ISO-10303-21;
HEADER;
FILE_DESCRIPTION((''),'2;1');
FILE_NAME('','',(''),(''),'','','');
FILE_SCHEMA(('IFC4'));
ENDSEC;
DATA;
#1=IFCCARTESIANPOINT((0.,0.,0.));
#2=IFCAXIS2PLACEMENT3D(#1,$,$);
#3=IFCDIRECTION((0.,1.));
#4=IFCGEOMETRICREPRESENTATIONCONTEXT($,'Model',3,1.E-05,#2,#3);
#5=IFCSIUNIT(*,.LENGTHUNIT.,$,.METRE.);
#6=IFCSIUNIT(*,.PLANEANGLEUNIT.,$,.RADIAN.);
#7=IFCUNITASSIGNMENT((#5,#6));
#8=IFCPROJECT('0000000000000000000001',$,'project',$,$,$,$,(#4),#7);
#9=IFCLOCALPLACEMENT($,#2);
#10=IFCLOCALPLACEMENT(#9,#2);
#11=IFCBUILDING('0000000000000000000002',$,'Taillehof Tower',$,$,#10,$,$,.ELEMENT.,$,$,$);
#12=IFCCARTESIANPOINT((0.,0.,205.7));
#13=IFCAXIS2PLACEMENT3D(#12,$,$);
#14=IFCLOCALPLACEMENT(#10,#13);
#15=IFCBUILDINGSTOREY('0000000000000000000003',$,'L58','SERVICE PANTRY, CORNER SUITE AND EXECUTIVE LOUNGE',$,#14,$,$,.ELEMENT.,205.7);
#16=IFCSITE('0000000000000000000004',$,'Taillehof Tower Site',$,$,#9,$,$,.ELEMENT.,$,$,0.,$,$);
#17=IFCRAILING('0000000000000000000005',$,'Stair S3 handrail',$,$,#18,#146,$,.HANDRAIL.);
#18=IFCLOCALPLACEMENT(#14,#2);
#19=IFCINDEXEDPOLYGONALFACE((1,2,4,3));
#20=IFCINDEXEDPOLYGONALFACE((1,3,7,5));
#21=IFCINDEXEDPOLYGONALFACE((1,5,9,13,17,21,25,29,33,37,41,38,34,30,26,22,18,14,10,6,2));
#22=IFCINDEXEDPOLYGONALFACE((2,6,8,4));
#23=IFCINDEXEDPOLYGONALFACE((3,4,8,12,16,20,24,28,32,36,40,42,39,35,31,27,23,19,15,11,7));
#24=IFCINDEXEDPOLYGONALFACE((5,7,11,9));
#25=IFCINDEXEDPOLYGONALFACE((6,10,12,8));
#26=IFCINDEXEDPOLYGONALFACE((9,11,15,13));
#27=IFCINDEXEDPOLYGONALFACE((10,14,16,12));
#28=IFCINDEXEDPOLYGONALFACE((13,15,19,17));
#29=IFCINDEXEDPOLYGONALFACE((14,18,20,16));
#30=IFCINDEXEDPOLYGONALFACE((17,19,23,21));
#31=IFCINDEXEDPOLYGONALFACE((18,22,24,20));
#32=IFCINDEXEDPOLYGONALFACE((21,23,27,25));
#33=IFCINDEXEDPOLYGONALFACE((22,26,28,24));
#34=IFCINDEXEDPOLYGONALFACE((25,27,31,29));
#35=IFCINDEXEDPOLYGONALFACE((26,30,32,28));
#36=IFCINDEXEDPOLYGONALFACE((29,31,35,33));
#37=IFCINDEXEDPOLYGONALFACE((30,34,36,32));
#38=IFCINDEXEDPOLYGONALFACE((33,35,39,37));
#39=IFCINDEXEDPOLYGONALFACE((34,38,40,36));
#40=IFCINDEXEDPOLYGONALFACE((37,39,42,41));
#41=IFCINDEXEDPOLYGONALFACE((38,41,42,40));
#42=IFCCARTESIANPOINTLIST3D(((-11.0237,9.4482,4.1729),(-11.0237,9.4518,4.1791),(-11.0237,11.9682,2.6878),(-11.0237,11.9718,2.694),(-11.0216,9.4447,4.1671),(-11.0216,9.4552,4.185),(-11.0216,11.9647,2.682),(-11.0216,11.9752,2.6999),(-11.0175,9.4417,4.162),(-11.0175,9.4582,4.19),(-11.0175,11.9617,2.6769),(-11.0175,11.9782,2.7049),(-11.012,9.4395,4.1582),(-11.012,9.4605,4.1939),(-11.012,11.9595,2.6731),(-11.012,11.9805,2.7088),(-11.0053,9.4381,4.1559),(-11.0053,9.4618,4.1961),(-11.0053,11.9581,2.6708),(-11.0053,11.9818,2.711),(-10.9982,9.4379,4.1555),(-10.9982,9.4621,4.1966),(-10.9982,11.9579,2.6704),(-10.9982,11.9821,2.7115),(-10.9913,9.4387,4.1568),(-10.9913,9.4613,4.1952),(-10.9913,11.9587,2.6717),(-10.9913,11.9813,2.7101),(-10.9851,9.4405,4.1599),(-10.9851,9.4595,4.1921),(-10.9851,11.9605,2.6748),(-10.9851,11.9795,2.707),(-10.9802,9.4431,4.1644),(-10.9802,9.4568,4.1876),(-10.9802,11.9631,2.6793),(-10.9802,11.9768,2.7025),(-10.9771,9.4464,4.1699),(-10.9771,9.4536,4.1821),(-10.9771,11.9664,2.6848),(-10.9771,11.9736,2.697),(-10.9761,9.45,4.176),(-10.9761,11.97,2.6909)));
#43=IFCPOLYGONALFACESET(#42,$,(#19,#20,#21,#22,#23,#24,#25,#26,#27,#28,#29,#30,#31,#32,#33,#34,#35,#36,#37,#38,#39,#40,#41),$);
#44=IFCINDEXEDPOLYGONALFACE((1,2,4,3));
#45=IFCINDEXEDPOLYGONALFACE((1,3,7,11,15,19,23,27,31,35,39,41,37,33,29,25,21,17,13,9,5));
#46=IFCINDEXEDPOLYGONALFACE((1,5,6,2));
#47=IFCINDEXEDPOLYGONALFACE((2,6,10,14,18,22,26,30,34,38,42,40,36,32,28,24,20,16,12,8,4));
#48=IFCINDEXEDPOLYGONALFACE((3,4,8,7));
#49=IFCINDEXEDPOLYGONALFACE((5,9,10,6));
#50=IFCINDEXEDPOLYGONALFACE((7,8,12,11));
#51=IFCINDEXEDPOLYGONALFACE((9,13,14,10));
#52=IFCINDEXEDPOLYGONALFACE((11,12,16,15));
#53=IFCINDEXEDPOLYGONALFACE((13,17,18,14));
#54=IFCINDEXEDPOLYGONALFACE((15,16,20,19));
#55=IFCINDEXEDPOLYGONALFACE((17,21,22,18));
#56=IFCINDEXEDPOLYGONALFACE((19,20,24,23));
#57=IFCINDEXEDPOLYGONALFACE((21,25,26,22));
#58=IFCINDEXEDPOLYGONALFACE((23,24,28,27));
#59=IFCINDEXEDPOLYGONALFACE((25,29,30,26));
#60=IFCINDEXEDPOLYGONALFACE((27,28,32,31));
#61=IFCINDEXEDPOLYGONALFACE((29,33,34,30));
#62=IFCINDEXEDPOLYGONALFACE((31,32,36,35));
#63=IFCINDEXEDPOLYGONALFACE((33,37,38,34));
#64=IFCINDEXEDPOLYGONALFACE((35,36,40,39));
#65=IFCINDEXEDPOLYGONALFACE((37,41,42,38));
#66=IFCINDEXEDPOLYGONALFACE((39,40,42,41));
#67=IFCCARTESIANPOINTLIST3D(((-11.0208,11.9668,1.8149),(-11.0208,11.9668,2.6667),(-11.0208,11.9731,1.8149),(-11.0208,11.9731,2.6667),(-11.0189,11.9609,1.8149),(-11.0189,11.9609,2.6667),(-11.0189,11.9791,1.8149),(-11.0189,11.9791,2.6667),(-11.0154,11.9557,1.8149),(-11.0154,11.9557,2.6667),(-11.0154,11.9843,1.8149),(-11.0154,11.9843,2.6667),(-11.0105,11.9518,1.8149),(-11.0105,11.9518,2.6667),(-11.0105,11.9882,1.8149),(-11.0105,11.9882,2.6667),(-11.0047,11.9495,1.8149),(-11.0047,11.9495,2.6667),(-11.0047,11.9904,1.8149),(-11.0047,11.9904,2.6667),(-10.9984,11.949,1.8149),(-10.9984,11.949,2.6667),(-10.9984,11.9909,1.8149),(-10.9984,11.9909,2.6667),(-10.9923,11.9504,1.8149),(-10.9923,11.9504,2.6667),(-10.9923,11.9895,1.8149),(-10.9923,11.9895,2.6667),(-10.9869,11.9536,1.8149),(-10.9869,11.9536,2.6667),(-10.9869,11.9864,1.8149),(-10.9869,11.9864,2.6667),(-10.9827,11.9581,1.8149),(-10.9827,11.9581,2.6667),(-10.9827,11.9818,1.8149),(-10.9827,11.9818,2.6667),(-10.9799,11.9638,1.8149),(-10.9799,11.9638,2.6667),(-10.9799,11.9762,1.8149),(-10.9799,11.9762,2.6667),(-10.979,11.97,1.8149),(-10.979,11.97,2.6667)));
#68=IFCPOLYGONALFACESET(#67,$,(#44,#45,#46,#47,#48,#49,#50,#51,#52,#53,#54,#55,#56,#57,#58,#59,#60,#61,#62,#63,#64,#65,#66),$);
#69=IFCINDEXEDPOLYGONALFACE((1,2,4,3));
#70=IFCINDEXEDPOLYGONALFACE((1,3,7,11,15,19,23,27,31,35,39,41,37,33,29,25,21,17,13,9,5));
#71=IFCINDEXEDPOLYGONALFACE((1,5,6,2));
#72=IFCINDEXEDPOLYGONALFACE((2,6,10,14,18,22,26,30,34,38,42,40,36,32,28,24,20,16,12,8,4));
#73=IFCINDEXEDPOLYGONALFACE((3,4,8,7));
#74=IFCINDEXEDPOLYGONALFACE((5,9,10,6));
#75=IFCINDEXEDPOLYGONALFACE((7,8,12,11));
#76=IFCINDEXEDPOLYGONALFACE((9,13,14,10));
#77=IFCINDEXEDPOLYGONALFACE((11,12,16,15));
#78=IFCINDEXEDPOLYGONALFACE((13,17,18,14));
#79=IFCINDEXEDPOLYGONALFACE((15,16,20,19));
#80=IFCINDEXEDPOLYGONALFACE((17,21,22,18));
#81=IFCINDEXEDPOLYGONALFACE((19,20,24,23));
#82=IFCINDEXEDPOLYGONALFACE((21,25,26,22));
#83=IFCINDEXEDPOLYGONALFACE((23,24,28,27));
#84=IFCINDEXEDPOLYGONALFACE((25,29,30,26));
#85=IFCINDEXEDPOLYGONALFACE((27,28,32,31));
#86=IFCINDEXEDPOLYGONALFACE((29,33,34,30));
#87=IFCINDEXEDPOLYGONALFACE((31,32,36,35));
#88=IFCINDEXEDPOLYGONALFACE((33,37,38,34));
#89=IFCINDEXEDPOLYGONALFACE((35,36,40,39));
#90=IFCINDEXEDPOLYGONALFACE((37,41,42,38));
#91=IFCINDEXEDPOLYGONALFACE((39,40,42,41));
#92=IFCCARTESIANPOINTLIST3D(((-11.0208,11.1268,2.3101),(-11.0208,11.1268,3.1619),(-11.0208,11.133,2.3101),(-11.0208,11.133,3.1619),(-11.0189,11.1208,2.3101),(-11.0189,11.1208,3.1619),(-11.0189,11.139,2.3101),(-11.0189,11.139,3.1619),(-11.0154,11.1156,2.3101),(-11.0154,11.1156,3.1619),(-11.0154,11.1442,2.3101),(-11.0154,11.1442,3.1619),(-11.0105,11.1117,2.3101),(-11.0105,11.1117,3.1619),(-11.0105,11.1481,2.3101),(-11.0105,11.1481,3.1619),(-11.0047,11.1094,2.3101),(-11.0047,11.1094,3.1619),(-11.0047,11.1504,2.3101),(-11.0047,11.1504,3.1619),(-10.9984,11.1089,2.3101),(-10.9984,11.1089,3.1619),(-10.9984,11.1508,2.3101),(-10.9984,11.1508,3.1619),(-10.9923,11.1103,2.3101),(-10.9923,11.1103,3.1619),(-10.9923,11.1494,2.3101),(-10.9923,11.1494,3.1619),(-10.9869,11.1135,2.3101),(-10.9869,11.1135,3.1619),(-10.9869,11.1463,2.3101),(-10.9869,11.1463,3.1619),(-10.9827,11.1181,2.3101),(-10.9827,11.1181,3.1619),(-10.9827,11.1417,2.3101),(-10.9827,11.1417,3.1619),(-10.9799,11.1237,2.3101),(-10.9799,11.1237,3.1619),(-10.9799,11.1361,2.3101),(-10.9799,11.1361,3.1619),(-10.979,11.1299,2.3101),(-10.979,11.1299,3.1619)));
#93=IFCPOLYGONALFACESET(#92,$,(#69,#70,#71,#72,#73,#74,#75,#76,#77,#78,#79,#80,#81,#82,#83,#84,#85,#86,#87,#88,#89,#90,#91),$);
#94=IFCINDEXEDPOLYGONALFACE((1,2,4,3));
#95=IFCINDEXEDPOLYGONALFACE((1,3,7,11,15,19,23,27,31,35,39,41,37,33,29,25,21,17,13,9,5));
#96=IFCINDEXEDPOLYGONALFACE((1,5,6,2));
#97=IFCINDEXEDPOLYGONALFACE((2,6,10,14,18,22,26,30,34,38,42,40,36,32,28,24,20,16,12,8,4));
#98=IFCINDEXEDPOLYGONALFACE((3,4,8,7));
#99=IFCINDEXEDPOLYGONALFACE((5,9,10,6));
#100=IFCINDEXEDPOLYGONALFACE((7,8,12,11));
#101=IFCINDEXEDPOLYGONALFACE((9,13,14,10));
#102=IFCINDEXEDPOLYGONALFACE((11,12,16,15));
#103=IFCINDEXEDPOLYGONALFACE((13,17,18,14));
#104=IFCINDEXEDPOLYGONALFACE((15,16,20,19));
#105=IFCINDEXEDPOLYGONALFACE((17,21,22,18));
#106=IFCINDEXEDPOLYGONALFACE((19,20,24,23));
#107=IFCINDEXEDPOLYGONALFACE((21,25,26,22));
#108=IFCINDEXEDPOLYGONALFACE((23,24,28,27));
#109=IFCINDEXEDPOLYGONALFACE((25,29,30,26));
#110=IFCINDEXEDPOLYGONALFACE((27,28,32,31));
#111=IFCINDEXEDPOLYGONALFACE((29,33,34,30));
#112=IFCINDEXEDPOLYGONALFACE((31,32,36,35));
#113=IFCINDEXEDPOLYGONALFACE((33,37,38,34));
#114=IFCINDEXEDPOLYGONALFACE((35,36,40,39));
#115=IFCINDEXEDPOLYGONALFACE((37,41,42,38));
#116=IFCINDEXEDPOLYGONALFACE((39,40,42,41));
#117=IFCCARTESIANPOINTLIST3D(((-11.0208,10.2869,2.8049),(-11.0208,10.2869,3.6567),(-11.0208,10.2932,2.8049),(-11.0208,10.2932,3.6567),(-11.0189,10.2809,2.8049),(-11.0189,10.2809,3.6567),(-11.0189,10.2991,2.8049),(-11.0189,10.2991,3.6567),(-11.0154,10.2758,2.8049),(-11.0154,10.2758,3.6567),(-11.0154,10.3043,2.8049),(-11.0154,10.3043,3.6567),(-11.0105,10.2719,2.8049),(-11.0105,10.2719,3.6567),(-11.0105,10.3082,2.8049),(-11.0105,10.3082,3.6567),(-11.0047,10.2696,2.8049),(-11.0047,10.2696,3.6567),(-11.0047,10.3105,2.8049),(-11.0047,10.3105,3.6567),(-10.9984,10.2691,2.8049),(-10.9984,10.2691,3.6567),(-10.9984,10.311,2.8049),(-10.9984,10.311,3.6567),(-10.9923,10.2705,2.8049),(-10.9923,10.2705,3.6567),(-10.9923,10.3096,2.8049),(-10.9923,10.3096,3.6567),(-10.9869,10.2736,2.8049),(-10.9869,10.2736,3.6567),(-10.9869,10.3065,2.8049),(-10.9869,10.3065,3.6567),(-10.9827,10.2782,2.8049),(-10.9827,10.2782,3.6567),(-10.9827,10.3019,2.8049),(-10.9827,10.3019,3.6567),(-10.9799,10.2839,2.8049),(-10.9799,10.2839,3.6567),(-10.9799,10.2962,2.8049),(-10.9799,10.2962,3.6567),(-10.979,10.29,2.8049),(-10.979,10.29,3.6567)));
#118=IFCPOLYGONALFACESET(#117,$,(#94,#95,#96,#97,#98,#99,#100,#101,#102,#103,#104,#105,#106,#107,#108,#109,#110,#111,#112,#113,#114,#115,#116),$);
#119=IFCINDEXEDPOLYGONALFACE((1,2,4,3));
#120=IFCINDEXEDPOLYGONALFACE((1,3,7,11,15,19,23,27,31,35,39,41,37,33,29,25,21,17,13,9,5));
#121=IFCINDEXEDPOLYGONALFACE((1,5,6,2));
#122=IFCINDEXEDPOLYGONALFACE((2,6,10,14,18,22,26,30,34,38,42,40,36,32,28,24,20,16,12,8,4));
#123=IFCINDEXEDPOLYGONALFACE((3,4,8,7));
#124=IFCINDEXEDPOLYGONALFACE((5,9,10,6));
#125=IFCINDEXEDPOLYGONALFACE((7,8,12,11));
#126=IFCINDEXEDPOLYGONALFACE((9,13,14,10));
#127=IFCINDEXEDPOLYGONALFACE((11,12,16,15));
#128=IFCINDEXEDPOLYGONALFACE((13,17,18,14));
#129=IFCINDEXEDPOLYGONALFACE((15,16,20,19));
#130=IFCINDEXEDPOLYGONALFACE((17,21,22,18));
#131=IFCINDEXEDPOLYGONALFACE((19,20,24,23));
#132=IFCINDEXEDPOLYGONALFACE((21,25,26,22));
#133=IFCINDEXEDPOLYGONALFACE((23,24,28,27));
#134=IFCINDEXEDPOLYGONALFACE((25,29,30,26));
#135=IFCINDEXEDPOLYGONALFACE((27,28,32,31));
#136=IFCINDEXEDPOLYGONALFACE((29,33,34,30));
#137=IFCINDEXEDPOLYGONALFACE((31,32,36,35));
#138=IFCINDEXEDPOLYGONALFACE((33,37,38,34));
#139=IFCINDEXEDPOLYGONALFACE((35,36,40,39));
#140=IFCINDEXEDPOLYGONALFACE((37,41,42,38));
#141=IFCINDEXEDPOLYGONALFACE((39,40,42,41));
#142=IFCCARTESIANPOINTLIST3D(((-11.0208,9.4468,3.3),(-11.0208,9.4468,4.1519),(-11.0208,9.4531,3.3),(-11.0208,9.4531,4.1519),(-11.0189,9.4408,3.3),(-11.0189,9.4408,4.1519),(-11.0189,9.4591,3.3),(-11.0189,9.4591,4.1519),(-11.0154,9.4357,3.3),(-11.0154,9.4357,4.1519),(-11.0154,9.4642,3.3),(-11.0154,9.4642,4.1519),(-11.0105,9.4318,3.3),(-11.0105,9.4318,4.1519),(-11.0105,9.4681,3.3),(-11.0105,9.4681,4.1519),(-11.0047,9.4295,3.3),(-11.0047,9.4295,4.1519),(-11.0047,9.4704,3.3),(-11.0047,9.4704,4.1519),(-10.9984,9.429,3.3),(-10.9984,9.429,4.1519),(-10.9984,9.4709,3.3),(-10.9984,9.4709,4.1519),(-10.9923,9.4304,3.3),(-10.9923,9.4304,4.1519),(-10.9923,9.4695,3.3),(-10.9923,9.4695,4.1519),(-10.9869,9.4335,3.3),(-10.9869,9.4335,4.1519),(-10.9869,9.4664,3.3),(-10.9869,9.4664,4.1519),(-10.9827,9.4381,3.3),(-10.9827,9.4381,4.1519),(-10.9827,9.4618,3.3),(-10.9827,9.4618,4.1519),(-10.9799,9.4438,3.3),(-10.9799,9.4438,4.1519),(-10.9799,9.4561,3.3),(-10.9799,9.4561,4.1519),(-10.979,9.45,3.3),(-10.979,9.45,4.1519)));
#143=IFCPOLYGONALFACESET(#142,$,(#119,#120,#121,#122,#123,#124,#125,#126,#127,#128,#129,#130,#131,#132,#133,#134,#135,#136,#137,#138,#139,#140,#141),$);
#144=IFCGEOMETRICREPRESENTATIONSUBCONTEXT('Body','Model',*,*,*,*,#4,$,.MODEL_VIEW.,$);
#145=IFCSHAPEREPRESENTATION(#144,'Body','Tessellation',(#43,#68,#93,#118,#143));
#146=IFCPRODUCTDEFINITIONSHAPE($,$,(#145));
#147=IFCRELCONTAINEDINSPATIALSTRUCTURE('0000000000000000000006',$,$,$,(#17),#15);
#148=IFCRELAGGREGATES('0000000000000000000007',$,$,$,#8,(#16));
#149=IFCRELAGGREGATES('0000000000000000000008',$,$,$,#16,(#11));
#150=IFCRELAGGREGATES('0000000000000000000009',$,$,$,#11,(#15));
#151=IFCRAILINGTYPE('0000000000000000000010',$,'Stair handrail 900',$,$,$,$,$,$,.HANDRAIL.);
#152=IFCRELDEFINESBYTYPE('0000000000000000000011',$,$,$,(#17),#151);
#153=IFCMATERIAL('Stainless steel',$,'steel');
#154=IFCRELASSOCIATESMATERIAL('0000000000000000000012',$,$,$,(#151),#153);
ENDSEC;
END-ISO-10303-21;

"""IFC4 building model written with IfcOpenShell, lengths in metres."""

from ifc_helpers import new_model, si_unit, direction, frame, origin, origin_2d, place, context, subcontext, project, spatial, circle, extrude, material, type_object, element, save


model = new_model("IFC4")

# Units and contexts
model_context = context("Model", 3, precision=1e-05, world=origin(), true_north=direction((0.0, 1.0)))
body_context = subcontext(model_context, "Body", "Model", "MODEL_VIEW")
ifc_project = project(units=[si_unit("LENGTHUNIT", "METRE"), si_unit("PLANEANGLEUNIT", "RADIAN")], contexts=[model_context])

# Site, building, storey
site_placement = place(None, origin())
site = spatial("IfcSite", under=ifc_project, at=site_placement, Name="Taillehof Tower Site", CompositionType="ELEMENT", RefElevation=0.0)
building_placement = place(site_placement, origin())
building = spatial("IfcBuilding", under=site, at=building_placement, Name="Taillehof Tower", CompositionType="ELEMENT")
storey_placement = place(building_placement, frame((0.0, 0.0, 205.7)))
storey = spatial("IfcBuildingStorey", under=building, at=storey_placement, Name="L58", Description="SERVICE PANTRY, CORNER SUITE AND EXECUTIVE LOUNGE", CompositionType="ELEMENT", Elevation=205.7)

# Railing
ifc_material_1 = material(Name="Stainless steel", Category="steel")
railing_type = type_object("IfcRailingType", Name="Stair handrail 900", PredefinedType="HANDRAIL", material=ifc_material_1)
railing_placement = place(storey_placement, frame((-11.0, 11.97, 1.8149)))
element("IfcRailing", 1, at=railing_placement, inside=storey, type_object=railing_type, Name="Stair S3 handrail", PredefinedType="HANDRAIL", context=body_context, shape_type="SweptSolid", body=[
    extrude(circle(Radius=0.0239, at=origin_2d()), frame((0.0, 0.0, 0.876), z_axis=(0.0, -0.861524, 0.507717), x_axis=(1.0, 0.0, 0.0)), (0.0, 0.0, 1.0), 2.925),
    extrude(circle(Radius=0.021, at=origin_2d()), origin(), (0.0, 0.0, 1.0), 0.8518),
    extrude(circle(Radius=0.021, at=origin_2d()), frame((0.0, -0.8401, 0.4951)), (0.0, 0.0, 1.0), 0.8518),
    extrude(circle(Radius=0.021, at=origin_2d()), frame((0.0, -1.6799, 0.99)), (0.0, 0.0, 1.0), 0.8518),
    extrude(circle(Radius=0.021, at=origin_2d()), frame((0.0, -2.52, 1.4851)), (0.0, 0.0, 1.0), 0.8518),
])

save(model, "model.ifc")
